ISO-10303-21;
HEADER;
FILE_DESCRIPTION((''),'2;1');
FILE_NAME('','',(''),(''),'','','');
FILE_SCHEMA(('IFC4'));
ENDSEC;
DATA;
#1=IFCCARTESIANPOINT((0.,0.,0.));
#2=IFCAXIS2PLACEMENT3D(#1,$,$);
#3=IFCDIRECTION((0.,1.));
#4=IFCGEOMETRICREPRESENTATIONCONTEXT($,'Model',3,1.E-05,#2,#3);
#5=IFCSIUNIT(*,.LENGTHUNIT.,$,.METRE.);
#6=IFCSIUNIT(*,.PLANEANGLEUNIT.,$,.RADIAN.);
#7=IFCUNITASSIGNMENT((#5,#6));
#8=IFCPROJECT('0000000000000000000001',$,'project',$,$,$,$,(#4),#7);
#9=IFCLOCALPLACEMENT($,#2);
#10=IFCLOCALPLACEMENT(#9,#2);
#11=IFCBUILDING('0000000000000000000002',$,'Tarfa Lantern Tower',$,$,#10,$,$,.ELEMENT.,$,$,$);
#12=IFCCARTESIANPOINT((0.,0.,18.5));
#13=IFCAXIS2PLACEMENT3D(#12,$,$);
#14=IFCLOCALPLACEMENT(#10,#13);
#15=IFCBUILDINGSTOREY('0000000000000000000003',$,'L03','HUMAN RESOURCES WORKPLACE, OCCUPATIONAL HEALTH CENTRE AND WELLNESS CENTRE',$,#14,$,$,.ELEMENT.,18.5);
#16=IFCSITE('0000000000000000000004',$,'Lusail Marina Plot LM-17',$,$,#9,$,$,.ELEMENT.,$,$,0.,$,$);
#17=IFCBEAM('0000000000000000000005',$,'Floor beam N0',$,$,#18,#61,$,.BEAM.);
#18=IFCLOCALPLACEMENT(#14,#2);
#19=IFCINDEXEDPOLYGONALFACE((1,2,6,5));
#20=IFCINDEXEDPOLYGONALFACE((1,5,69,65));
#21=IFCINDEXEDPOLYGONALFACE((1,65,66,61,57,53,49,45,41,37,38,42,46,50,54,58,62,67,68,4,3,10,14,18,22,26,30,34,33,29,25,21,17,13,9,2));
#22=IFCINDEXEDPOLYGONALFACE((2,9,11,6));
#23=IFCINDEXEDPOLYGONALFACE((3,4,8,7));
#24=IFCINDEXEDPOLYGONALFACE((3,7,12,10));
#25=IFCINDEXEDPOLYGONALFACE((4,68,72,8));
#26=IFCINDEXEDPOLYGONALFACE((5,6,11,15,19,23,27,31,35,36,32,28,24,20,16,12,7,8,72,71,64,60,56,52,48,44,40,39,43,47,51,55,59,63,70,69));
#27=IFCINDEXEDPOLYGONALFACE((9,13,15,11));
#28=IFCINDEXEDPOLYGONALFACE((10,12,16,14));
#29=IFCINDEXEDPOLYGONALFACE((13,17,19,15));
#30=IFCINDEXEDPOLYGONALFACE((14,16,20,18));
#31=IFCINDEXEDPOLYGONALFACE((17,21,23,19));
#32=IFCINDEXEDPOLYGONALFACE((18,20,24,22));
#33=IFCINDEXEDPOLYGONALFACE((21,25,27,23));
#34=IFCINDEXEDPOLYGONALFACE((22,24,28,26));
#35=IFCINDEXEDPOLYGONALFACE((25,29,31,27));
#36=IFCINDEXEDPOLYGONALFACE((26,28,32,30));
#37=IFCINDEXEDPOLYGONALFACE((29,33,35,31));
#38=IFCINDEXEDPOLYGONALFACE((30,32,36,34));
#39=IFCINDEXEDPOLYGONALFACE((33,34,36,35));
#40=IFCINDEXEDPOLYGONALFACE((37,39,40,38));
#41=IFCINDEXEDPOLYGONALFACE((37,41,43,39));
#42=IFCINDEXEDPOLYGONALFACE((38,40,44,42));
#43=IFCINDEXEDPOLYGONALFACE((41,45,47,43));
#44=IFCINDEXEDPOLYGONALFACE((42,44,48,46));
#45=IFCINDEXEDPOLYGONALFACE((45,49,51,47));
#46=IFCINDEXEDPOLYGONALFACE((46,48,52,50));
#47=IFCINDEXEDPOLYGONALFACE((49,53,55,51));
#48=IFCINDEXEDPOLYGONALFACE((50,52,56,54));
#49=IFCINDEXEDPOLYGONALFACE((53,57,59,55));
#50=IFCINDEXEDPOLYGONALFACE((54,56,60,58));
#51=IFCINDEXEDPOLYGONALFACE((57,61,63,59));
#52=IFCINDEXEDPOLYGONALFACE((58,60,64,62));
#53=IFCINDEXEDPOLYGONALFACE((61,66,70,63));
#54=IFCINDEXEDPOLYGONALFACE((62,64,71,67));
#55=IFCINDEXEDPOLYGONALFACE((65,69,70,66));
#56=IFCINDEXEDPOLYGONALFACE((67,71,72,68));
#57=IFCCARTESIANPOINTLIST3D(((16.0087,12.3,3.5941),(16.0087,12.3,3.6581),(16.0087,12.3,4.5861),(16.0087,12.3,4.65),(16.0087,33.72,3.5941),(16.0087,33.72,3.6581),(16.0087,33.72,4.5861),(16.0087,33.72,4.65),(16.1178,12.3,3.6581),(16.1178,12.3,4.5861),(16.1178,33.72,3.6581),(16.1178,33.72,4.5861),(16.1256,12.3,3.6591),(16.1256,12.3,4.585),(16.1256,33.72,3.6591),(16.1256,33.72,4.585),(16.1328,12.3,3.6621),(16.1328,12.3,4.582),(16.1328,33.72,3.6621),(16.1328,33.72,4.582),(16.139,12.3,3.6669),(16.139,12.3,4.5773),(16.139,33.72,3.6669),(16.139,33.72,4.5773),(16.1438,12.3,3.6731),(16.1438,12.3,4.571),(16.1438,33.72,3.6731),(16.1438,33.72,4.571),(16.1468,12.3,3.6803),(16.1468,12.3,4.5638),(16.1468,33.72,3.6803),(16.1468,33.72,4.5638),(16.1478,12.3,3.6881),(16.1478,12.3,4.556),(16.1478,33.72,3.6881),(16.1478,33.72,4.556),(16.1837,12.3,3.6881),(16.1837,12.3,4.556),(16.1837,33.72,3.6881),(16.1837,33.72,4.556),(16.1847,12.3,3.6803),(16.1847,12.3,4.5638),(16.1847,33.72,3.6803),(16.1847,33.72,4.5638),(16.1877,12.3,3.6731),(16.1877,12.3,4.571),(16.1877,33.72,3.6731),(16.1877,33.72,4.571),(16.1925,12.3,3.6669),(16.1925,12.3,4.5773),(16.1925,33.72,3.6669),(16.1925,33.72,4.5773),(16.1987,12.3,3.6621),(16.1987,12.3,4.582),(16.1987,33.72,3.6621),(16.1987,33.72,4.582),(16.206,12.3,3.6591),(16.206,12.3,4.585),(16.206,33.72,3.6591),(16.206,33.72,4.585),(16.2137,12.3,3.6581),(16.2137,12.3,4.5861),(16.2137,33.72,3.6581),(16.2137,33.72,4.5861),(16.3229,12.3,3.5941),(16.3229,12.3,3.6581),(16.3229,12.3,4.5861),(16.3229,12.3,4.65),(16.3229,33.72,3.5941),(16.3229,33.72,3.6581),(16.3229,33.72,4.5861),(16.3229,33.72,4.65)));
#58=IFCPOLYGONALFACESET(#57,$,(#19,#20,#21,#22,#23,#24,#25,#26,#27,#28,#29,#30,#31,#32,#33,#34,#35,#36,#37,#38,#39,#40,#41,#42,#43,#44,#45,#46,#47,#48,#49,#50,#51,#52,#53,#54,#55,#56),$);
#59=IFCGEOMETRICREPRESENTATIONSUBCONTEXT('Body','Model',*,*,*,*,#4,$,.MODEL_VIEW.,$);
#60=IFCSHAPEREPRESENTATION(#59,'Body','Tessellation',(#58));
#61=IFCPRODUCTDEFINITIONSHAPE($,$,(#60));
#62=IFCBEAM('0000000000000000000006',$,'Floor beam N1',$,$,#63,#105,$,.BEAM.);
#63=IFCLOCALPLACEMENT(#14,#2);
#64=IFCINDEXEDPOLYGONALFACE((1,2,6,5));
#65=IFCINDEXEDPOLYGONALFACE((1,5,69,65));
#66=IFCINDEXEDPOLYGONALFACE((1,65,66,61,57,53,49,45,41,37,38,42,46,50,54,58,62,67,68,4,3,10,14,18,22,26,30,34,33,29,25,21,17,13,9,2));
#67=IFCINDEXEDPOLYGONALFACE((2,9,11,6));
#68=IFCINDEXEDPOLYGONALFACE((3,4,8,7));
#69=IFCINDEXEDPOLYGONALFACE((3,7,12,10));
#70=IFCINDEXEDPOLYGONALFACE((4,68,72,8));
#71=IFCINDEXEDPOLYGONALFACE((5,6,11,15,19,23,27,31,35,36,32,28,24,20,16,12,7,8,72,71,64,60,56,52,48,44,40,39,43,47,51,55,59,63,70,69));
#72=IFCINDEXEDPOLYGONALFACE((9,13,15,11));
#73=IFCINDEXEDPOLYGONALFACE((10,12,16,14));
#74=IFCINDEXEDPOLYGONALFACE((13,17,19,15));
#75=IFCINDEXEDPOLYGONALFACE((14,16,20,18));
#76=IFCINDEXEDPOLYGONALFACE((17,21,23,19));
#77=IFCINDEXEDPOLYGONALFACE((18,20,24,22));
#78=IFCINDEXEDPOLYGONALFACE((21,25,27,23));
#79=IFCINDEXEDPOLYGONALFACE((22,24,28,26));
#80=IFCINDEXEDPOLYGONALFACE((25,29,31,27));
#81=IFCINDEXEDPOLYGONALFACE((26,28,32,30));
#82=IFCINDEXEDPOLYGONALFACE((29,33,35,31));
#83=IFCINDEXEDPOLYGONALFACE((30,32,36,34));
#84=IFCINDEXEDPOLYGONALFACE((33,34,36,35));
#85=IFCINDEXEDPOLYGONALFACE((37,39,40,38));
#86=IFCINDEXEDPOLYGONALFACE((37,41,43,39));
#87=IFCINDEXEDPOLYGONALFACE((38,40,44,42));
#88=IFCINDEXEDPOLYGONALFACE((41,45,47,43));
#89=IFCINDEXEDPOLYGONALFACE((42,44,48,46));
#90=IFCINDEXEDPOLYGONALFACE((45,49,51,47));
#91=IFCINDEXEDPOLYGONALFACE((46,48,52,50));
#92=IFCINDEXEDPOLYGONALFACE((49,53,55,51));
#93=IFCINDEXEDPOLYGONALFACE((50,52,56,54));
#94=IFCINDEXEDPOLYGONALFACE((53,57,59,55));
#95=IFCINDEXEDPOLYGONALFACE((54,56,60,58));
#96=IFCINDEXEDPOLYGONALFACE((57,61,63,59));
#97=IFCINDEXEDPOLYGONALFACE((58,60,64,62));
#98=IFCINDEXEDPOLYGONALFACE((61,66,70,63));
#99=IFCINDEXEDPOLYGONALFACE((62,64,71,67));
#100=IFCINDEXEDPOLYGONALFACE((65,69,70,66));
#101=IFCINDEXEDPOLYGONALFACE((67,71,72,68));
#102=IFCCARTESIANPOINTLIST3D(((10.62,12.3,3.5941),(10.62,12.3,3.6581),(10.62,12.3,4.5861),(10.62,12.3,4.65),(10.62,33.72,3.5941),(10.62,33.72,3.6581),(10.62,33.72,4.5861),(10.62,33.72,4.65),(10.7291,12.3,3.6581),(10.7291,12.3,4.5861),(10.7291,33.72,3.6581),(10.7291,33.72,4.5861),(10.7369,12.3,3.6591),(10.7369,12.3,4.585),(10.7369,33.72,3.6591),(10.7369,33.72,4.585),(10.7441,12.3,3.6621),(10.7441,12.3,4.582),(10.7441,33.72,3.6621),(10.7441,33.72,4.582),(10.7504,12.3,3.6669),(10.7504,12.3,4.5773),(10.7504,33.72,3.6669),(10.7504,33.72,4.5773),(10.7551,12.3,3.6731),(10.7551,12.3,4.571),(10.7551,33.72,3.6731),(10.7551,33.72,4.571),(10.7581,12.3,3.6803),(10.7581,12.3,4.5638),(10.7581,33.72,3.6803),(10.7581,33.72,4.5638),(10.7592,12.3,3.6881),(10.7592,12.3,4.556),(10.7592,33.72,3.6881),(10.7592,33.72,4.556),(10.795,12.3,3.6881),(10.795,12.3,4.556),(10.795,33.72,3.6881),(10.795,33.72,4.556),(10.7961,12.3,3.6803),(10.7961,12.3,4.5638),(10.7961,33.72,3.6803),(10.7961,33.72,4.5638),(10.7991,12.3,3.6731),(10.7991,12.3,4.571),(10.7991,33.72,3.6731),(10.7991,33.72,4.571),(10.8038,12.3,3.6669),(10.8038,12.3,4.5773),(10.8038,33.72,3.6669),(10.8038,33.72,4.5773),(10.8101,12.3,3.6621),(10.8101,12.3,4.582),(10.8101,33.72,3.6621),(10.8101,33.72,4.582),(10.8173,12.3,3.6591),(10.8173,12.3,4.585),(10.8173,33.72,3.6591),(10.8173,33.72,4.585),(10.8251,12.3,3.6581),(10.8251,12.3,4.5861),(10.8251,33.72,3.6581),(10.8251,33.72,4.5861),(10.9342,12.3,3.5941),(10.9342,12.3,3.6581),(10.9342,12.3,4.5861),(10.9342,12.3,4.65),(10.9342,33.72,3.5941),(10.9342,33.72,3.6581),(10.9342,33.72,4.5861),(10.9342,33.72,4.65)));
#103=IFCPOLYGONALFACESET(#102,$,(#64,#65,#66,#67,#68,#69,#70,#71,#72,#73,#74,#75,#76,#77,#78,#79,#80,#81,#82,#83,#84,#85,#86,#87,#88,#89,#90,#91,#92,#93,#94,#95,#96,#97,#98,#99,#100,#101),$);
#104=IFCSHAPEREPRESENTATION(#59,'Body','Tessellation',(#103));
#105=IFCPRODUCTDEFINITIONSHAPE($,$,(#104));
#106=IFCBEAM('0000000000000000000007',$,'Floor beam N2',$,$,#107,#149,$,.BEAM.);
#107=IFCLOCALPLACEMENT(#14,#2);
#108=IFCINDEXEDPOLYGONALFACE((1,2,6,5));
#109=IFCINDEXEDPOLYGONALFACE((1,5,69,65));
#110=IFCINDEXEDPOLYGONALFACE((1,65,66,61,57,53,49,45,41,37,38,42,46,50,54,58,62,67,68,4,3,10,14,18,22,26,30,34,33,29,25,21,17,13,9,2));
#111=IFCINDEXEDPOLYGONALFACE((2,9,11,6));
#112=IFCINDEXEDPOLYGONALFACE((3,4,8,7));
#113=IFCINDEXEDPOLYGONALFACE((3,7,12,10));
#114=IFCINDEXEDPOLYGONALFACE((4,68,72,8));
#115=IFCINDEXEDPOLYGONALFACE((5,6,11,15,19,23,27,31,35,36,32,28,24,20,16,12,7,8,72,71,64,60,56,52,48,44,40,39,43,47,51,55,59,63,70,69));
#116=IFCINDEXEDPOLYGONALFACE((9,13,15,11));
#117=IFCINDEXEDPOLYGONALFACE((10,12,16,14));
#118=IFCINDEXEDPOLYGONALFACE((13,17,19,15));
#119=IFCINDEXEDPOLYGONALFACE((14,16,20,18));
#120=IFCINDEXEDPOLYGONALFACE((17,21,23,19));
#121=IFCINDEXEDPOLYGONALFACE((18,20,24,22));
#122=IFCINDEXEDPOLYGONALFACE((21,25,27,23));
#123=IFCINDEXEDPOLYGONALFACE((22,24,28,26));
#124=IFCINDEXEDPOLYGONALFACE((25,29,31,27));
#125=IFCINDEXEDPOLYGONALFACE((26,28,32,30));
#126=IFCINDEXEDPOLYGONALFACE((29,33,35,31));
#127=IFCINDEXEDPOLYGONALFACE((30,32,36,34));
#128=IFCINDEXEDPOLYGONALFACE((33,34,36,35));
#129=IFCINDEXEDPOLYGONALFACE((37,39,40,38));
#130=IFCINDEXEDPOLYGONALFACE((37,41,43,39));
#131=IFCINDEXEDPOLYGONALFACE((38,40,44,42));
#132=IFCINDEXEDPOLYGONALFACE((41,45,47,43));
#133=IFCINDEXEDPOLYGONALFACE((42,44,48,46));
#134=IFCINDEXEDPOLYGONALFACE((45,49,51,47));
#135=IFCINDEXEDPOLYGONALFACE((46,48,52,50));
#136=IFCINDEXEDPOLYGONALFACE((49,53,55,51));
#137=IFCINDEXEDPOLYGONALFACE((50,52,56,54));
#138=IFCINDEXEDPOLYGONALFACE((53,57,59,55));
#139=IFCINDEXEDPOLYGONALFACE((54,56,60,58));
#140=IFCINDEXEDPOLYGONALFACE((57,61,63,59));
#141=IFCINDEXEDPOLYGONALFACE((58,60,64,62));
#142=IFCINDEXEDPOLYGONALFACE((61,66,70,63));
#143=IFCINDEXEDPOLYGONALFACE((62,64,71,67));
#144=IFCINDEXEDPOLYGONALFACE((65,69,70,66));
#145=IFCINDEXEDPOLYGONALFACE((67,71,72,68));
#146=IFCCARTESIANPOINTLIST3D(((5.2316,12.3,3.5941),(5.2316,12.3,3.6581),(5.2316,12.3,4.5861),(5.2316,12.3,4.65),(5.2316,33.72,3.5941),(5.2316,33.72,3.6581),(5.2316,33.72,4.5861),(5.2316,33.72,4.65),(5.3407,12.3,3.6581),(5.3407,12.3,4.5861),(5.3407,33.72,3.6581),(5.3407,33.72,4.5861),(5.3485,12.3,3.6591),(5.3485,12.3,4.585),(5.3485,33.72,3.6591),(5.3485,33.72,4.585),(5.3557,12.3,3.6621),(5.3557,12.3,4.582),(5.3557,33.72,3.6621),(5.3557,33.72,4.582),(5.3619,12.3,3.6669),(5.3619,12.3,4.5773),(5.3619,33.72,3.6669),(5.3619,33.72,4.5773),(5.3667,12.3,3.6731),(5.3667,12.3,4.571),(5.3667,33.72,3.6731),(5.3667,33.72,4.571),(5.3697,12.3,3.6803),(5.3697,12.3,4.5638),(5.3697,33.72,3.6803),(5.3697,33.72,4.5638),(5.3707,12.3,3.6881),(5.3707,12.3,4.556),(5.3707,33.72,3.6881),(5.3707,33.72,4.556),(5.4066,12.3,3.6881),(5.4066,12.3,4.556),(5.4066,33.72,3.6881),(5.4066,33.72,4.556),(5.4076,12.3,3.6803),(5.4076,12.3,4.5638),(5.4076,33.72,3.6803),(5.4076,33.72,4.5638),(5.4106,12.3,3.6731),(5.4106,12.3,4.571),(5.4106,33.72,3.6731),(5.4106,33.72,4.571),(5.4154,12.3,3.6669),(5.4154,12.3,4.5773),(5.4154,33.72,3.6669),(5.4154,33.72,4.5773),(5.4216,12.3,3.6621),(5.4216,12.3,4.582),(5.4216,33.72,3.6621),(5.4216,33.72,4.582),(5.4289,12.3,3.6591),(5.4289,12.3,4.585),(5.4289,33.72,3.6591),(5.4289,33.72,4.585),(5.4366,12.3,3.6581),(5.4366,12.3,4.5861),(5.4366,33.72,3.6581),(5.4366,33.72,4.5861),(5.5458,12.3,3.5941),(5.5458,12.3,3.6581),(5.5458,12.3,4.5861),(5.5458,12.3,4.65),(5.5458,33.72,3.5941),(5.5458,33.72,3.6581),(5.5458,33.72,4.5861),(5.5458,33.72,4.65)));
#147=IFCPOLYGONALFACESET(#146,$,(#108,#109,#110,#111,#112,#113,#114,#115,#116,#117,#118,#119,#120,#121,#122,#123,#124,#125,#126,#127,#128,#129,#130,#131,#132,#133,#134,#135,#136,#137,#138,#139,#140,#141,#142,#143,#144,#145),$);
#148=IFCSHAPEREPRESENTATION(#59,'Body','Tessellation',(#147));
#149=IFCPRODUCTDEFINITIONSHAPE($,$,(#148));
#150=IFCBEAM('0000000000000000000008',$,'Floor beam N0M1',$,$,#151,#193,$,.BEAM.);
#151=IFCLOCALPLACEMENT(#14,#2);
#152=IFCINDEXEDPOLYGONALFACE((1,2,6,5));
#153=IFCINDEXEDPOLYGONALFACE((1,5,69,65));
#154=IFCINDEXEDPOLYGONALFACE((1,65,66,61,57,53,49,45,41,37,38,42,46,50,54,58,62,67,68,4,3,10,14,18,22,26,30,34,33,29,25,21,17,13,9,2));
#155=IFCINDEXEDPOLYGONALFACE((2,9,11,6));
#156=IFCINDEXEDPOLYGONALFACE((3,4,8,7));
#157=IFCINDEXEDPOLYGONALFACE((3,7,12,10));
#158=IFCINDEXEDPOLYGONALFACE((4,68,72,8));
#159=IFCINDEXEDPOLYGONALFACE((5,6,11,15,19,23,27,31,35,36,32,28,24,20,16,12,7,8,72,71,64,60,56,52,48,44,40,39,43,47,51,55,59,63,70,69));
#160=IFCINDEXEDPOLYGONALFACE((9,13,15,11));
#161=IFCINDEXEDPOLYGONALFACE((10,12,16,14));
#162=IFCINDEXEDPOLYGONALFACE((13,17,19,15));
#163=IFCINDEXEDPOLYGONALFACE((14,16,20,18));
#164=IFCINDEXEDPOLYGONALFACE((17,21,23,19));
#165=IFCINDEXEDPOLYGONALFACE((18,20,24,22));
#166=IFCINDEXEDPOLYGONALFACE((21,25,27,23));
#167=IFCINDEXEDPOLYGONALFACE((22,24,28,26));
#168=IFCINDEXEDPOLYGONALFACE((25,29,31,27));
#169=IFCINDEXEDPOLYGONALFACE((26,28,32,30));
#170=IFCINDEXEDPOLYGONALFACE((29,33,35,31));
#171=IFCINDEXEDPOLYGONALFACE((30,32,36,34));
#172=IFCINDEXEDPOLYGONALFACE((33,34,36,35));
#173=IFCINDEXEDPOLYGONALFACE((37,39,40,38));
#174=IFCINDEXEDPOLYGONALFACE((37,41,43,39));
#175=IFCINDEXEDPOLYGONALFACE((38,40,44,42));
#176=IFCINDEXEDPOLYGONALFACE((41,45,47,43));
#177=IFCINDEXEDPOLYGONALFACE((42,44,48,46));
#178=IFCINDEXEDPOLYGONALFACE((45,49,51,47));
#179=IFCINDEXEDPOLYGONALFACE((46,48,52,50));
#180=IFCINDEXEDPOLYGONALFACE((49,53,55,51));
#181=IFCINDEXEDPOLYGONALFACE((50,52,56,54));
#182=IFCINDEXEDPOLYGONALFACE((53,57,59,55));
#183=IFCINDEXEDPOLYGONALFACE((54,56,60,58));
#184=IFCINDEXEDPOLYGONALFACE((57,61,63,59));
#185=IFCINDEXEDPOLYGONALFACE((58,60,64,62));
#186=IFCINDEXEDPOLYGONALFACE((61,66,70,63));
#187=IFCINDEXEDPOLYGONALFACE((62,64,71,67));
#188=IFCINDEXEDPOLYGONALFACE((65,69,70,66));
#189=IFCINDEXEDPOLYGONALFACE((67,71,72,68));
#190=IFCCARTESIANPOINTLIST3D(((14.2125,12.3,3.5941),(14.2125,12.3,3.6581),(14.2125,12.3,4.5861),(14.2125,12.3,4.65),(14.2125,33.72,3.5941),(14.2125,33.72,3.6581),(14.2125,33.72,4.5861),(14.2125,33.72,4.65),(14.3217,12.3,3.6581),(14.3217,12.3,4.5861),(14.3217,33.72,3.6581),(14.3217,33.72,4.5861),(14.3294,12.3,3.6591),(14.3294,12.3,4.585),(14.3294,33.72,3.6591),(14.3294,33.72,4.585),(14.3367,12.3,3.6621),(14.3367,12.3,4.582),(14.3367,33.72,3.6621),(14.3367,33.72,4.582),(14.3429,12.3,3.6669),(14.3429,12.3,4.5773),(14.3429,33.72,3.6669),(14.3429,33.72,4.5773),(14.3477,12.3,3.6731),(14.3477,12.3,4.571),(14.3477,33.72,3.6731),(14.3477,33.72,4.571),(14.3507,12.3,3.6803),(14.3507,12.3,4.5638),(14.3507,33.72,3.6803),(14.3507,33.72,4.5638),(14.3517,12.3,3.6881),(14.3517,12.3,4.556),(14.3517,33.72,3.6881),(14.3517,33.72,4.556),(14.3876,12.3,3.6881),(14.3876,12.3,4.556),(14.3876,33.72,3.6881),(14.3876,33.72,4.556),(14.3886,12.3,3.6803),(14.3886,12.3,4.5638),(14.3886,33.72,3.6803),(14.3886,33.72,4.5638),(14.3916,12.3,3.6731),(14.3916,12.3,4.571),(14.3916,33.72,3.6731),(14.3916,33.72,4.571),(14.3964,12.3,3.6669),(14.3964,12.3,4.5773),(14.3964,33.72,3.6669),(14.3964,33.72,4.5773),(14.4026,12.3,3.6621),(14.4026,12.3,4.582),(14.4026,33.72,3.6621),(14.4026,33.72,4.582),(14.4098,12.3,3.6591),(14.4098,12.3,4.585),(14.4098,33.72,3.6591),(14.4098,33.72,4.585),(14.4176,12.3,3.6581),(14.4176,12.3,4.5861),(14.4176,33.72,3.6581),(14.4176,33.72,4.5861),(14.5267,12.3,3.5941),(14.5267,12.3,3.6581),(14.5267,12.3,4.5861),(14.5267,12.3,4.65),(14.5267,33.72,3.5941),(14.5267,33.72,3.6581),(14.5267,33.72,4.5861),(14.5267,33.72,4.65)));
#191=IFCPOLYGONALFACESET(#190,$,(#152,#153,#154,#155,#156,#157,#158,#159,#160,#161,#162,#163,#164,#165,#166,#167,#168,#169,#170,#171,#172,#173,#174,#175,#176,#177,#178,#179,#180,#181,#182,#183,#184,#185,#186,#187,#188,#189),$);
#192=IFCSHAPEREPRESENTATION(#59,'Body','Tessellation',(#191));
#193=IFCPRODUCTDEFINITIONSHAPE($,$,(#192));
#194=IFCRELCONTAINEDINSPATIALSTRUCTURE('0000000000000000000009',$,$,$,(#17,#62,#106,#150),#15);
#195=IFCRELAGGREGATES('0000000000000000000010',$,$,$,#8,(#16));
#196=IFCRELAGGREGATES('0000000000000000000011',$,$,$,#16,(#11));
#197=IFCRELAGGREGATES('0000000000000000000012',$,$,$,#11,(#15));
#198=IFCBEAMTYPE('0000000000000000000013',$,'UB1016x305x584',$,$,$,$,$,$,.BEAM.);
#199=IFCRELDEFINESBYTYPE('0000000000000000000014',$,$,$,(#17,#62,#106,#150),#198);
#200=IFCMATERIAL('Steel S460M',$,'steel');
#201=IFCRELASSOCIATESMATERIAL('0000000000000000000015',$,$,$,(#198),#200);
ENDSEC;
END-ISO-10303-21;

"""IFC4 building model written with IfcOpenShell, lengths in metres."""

from ifc_helpers import new_model, si_unit, direction, frame, origin, origin_2d, place, context, subcontext, project, spatial, i_section, extrude, material, material_profile, profile_set, type_object, element, save


model = new_model("IFC4")

# Units and contexts
model_context = context("Model", 3, precision=1e-05, world=origin(), true_north=direction((0.0, 1.0)))
body_context = subcontext(model_context, "Body", "Model", "MODEL_VIEW")
ifc_project = project(units=[si_unit("LENGTHUNIT", "METRE"), si_unit("PLANEANGLEUNIT", "RADIAN")], contexts=[model_context])

# Site, building, storey
site_placement = place(None, origin())
site = spatial("IfcSite", under=ifc_project, at=site_placement, Name="Lusail Marina Plot LM-17", CompositionType="ELEMENT", RefElevation=0.0)
building_placement = place(site_placement, origin())
building = spatial("IfcBuilding", under=site, at=building_placement, Name="Tarfa Lantern Tower", CompositionType="ELEMENT")
storey_placement = place(building_placement, frame((0.0, 0.0, 18.5)))
storey = spatial("IfcBuildingStorey", under=building, at=storey_placement, Name="L03", Description="HUMAN RESOURCES WORKPLACE, OCCUPATIONAL HEALTH CENTRE AND WELLNESS CENTRE", CompositionType="ELEMENT", Elevation=18.5)

# Beams
ifc_material_1 = material(Name="Steel S460M", Category="steel")
ifc_material_profile_1 = material_profile(ifc_material_1, i_section(OverallWidth=0.3142, OverallDepth=1.0559, WebThickness=0.0359, FlangeThickness=0.064, FilletRadius=0.03, at=origin_2d()), Name="UB1016x305x584")
ifc_profile_set_1 = profile_set([ifc_material_profile_1], Name="Steel S460M")
beam_type_1 = type_object("IfcBeamType", Name="UB1016x305x584", PredefinedType="BEAM", material=ifc_profile_set_1)
for number, where, z_axis, x_axis, name in (
    (1, (16.1658, 33.72, 4.1221), (0.0, -1.0, 0.0), (1.0, 0.0, 0.0), "Floor beam N0"),
    (2, (10.7771, 33.72, 4.1221), (0.0, -1.0, 0.0), (1.0, 0.0, 0.0), "Floor beam N1"),
    (3, (5.3887, 33.72, 4.1221), (0.0, -1.0, 0.0), (1.0, 0.0, 0.0), "Floor beam N2"),
    (4, (14.3696, 33.72, 4.1221), (0.0, -1.0, 0.0), (1.0, 0.0, 0.0), "Floor beam N0M1"),
):
    element("IfcBeam", number, at=place(storey_placement, frame(where, z_axis=z_axis, x_axis=x_axis)), inside=storey, type_object=beam_type_1, Name=name, PredefinedType="BEAM", context=body_context, shape_type="SweptSolid", body=[
        extrude(i_section(OverallWidth=0.3142, OverallDepth=1.0559, WebThickness=0.0359, FlangeThickness=0.064, FilletRadius=0.03, at=origin_2d()), origin(), (0.0, 0.0, 1.0), 21.4199),
    ])

save(model, "model.ifc")
